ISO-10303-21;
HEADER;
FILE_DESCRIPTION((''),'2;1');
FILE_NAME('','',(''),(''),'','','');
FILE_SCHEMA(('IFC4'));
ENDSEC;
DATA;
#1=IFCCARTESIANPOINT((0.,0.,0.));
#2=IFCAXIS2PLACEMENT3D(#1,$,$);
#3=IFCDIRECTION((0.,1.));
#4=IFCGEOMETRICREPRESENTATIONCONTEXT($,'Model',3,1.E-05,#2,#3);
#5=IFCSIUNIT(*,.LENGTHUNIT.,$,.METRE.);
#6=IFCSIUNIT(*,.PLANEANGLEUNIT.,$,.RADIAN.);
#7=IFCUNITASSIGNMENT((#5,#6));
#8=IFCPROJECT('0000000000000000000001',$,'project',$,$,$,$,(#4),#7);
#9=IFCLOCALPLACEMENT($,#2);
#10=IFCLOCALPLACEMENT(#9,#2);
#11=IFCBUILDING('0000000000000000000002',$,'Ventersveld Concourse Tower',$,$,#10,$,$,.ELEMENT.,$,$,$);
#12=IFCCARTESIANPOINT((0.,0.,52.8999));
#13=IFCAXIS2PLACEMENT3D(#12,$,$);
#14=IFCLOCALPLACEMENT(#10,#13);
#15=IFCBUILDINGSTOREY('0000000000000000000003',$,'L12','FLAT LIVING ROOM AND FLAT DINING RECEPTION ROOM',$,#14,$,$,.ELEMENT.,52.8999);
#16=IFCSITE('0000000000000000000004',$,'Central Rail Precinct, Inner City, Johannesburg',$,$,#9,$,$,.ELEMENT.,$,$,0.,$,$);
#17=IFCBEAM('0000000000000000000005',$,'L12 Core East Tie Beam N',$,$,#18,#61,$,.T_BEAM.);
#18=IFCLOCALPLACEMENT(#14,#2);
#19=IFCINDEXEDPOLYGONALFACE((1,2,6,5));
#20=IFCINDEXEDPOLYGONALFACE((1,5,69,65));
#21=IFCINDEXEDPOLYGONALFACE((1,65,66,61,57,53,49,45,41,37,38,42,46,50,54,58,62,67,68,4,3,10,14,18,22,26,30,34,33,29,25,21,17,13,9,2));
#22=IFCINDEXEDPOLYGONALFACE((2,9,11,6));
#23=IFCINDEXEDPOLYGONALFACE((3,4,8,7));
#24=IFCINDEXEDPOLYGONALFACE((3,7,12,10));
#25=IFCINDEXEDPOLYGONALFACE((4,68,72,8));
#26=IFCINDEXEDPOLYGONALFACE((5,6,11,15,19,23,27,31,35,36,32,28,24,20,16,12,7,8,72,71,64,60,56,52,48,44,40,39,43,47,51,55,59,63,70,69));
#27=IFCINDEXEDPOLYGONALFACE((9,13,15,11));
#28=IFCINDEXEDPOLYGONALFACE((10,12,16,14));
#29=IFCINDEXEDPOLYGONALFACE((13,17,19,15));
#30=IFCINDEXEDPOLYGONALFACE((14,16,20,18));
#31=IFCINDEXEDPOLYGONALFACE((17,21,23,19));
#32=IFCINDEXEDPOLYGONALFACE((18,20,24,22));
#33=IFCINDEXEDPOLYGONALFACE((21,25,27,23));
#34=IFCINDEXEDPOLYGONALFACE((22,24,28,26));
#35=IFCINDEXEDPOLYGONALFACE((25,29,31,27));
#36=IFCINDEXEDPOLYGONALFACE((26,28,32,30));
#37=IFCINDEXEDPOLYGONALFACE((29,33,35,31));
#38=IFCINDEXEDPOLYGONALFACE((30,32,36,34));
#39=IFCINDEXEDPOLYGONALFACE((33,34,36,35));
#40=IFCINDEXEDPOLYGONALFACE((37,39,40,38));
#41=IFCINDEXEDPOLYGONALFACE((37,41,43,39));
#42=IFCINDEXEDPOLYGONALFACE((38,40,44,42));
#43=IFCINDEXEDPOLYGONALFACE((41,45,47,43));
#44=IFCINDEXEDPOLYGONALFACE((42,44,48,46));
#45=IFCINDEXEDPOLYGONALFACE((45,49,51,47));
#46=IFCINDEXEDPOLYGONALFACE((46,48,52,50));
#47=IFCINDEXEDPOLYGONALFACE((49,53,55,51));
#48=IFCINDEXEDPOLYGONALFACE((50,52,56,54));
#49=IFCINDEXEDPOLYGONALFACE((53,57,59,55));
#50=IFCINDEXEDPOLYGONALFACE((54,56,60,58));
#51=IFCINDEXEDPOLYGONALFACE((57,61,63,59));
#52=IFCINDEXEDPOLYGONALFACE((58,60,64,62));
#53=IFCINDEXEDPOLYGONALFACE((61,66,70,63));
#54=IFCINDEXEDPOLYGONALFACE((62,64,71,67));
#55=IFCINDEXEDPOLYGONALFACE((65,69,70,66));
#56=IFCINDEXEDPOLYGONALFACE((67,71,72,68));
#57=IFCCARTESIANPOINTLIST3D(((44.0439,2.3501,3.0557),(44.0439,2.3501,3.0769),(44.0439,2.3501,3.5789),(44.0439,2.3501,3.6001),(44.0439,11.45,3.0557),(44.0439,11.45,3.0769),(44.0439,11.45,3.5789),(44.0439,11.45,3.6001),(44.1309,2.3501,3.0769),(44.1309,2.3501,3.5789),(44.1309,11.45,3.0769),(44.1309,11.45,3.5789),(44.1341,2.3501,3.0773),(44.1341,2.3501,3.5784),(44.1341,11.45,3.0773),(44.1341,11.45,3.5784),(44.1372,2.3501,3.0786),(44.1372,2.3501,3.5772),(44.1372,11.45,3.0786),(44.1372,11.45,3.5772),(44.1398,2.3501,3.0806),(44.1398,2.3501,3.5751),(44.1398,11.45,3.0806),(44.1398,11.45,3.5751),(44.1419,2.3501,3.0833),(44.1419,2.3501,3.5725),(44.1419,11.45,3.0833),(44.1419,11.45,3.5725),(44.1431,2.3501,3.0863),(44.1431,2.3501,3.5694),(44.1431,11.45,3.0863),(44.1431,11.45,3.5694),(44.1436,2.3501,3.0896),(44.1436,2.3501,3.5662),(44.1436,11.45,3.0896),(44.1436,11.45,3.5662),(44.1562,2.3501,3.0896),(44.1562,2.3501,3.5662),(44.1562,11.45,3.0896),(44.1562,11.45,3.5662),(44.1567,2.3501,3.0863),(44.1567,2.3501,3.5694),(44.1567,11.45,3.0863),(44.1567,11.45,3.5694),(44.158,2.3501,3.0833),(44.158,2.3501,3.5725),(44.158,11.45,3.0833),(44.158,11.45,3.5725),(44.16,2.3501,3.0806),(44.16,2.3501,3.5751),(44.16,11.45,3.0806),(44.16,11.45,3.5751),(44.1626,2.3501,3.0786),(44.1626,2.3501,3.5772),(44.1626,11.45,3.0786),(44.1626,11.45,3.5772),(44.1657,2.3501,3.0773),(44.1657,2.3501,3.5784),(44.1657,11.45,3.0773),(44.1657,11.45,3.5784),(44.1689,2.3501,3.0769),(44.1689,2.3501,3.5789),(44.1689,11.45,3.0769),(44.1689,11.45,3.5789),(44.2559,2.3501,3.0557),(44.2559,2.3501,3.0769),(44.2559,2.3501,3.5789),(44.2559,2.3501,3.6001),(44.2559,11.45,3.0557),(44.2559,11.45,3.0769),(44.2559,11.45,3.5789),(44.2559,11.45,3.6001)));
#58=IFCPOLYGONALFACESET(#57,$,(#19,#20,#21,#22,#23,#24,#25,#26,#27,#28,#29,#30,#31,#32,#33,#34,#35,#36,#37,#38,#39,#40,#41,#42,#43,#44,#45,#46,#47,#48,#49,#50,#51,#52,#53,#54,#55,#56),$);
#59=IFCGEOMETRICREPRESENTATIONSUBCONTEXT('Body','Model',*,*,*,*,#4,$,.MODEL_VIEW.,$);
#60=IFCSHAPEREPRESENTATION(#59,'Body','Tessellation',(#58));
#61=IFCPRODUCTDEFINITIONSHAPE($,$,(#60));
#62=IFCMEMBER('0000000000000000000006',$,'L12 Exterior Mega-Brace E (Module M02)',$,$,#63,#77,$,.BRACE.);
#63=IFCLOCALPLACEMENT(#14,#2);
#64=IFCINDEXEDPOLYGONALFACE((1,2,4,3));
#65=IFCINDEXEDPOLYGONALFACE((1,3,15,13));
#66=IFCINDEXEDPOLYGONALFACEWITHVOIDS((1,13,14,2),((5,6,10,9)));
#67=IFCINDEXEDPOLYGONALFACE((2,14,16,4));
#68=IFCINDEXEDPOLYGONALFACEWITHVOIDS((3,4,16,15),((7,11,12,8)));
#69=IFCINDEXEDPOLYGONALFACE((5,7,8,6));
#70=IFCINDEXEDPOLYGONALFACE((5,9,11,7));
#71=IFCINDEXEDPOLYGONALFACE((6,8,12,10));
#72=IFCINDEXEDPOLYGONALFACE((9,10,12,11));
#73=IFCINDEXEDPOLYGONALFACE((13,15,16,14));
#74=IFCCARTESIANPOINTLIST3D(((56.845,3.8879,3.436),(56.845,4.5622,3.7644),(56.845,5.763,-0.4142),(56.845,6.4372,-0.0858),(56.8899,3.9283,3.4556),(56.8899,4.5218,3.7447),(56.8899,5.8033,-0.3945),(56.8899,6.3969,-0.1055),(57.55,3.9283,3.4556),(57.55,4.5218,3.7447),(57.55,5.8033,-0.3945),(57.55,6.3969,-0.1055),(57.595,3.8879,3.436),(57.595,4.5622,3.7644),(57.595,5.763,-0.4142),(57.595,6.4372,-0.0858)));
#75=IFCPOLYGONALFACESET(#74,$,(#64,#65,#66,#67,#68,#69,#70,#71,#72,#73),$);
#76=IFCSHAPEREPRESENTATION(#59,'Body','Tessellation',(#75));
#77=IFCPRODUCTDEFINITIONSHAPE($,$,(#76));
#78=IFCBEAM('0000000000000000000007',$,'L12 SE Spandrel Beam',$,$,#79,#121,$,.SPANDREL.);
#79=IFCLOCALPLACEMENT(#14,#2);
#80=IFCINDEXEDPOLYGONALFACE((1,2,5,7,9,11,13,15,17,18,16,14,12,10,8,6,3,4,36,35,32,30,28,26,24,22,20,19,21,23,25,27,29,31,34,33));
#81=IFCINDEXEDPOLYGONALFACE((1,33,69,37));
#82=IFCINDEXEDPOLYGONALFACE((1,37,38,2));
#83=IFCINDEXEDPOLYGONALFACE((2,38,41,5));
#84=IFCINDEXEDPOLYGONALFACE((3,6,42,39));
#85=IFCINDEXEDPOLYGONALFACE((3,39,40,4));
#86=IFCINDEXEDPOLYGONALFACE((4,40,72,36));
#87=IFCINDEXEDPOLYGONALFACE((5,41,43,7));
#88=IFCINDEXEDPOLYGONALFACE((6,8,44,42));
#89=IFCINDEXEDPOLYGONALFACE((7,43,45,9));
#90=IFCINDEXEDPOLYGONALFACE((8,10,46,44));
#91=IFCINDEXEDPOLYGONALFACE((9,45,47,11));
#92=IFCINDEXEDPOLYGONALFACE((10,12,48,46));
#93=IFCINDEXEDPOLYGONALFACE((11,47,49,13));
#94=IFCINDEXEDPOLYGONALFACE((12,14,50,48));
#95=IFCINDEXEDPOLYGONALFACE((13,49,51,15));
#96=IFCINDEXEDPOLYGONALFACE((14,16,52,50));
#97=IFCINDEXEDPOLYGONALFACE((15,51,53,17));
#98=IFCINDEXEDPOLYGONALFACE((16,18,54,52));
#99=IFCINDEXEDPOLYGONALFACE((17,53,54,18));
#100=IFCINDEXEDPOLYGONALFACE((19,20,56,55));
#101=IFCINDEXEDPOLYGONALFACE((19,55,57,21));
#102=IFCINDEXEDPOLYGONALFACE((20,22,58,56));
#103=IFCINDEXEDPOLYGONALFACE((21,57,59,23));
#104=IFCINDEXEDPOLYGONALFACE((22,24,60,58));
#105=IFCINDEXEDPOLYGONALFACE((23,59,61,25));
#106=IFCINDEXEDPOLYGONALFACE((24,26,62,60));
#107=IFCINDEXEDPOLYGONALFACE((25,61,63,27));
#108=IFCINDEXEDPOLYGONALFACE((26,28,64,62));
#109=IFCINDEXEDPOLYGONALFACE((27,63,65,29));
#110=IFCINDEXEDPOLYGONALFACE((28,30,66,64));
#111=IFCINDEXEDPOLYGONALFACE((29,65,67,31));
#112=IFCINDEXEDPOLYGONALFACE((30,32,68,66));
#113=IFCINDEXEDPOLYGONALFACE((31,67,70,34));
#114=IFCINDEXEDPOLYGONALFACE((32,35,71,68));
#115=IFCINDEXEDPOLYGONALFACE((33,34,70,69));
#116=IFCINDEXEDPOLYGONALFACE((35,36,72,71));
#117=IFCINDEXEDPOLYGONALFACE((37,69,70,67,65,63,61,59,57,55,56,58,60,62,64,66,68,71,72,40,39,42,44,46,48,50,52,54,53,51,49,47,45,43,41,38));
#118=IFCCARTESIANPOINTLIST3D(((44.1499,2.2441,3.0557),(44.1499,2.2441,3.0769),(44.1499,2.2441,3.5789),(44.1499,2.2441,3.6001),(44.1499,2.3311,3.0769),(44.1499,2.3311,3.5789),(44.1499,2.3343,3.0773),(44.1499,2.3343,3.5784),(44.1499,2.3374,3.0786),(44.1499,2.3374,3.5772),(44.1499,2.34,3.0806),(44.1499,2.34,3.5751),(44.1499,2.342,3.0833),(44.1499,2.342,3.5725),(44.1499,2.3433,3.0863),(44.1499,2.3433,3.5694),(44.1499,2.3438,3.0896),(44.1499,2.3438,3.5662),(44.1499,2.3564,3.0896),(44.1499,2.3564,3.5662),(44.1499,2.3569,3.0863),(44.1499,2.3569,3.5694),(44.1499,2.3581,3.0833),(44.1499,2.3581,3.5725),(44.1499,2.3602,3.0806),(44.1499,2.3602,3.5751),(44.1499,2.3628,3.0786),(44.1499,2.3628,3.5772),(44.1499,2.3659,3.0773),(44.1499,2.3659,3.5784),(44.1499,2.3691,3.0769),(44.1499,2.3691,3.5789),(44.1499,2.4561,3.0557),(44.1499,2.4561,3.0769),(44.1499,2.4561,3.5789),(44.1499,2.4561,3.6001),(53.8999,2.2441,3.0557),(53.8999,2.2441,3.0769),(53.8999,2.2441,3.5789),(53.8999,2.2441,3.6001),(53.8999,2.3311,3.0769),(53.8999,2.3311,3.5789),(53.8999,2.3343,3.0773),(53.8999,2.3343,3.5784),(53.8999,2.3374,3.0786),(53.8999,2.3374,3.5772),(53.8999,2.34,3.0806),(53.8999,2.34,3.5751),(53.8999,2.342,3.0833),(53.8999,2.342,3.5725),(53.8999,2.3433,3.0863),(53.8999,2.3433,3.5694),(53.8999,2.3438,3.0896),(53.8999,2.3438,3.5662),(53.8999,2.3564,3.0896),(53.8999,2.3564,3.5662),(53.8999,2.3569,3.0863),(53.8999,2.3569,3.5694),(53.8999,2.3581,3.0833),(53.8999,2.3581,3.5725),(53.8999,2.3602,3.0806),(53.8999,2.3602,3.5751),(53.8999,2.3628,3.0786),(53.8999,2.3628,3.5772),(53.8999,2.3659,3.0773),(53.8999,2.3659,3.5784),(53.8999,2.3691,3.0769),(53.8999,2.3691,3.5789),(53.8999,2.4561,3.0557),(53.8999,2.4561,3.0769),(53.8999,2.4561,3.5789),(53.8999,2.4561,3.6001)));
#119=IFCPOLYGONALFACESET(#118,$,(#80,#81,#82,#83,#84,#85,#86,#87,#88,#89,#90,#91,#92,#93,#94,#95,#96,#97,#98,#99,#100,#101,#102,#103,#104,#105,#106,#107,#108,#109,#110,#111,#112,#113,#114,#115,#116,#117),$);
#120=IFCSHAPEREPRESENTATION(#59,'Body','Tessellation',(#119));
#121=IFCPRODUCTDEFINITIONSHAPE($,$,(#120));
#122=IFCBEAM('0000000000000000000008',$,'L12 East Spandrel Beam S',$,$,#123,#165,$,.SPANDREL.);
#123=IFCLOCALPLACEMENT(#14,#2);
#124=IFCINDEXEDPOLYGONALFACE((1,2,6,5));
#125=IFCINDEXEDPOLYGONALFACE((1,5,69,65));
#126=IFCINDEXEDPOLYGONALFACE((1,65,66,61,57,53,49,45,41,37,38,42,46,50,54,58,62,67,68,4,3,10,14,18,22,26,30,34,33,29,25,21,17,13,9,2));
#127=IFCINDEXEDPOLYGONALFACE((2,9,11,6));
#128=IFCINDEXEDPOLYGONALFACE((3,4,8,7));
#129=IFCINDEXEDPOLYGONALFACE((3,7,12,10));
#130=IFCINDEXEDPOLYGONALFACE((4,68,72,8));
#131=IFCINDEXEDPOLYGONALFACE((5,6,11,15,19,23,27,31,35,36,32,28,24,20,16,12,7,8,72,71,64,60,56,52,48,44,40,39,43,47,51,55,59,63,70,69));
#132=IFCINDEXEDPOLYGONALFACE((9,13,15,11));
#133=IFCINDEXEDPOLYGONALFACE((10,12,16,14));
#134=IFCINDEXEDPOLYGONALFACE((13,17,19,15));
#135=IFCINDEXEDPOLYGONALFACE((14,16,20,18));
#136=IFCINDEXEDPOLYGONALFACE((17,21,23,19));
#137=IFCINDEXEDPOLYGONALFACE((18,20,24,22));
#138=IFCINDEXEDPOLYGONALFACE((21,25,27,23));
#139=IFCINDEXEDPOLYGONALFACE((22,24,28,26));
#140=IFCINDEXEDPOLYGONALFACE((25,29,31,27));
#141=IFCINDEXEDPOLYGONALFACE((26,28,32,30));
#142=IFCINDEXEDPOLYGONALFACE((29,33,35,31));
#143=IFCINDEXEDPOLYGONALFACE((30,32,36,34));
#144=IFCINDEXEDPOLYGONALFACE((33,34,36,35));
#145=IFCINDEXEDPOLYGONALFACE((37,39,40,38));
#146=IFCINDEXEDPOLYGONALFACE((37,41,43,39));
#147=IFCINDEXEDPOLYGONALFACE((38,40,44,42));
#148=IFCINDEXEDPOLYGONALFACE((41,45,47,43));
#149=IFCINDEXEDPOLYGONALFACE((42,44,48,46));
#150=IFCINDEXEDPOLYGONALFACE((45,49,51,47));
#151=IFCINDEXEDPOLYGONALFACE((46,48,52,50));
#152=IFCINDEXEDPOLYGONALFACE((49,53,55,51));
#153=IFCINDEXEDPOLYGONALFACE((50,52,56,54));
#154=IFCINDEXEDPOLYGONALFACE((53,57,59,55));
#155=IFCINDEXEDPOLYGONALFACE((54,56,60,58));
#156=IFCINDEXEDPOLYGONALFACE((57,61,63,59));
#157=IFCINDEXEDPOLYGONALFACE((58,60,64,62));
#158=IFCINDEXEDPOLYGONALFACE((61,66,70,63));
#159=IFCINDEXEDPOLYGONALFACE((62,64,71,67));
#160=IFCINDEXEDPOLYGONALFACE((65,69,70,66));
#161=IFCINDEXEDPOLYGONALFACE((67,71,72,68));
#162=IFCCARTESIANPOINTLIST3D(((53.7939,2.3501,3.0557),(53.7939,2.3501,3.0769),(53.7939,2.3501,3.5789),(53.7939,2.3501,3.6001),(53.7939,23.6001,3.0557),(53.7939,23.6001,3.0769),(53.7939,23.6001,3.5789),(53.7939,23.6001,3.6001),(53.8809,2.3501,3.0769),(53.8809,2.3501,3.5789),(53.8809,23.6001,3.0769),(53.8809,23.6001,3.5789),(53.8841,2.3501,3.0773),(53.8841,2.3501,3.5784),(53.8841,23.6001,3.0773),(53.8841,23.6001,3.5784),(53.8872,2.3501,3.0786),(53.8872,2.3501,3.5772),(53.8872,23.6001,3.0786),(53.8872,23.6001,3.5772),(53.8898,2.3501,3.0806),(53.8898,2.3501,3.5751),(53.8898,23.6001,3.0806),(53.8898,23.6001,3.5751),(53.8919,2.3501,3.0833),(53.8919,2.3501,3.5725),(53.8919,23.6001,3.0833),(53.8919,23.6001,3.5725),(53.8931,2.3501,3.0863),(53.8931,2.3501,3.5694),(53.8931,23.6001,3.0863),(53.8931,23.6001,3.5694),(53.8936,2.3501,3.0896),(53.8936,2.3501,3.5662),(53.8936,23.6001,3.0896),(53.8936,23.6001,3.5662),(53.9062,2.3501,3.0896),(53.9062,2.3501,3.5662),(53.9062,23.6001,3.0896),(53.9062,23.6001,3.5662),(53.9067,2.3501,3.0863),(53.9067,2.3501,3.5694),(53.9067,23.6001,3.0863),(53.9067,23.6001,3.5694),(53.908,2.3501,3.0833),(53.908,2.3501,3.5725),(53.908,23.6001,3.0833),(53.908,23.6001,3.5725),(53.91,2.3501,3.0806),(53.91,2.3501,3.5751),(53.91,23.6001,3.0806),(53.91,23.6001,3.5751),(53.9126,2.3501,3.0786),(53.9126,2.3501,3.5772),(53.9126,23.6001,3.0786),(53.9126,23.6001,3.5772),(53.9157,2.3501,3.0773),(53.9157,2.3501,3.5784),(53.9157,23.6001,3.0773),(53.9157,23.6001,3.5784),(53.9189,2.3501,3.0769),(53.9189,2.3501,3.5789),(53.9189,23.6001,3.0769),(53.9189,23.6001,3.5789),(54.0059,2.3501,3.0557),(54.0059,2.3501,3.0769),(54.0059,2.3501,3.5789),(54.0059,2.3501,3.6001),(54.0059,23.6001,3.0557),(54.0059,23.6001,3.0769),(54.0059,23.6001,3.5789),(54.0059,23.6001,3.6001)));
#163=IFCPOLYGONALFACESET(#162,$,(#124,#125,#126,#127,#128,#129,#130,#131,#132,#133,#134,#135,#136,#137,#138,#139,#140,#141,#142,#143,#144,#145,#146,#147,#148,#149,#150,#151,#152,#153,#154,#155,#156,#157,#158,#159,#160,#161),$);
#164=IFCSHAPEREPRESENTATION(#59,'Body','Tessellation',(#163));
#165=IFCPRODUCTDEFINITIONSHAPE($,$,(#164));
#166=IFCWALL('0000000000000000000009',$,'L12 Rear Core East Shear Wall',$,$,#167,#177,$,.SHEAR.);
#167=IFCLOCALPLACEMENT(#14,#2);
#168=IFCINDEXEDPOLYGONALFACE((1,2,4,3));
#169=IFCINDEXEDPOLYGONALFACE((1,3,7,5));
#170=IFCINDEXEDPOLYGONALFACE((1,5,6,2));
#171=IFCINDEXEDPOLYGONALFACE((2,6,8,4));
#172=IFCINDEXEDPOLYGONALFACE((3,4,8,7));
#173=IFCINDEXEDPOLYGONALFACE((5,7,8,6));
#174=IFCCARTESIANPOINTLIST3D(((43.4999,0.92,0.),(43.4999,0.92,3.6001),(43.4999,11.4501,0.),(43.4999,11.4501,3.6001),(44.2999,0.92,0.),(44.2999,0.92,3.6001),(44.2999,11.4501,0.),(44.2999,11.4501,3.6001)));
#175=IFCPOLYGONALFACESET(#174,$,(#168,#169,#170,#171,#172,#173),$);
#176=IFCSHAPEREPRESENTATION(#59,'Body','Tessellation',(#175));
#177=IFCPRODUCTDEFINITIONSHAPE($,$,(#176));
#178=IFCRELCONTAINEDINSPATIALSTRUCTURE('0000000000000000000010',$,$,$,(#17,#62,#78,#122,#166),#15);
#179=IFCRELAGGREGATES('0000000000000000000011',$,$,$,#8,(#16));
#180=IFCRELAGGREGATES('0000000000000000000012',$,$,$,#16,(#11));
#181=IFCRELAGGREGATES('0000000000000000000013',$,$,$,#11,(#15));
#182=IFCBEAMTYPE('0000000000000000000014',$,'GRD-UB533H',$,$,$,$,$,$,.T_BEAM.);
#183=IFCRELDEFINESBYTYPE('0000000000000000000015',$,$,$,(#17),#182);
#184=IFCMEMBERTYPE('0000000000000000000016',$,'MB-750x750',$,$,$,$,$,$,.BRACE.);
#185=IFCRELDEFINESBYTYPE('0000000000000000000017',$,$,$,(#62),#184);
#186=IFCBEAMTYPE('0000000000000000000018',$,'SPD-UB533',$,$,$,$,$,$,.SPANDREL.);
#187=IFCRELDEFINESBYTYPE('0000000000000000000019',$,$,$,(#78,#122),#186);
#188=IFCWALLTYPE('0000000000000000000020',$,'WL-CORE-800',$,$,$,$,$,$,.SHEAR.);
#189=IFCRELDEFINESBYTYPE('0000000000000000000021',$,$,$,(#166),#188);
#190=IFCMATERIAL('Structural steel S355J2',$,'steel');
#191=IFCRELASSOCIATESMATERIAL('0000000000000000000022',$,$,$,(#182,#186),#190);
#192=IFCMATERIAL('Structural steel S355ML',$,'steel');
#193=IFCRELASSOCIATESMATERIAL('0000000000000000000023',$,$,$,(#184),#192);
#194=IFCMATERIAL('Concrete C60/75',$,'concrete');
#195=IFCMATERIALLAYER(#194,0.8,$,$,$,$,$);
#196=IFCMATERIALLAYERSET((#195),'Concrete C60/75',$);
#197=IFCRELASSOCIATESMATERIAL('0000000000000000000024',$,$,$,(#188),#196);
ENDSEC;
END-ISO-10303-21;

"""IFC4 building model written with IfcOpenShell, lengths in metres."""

from ifc_helpers import new_model, si_unit, direction, frame, frame_2d, origin, origin_2d, place, context, subcontext, project, spatial, rectangle, hollow_rectangle, i_section, extrude, material, layer, layer_set, material_profile, profile_set, type_object, element, save


model = new_model("IFC4")

# Units and contexts
model_context = context("Model", 3, precision=1e-05, world=origin(), true_north=direction((0.0, 1.0)))
body_context = subcontext(model_context, "Body", "Model", "MODEL_VIEW")
ifc_project = project(units=[si_unit("LENGTHUNIT", "METRE"), si_unit("PLANEANGLEUNIT", "RADIAN")], contexts=[model_context])

# Site, building, storey
site_placement = place(None, origin())
site = spatial("IfcSite", under=ifc_project, at=site_placement, Name="Central Rail Precinct, Inner City, Johannesburg", CompositionType="ELEMENT", RefElevation=0.0)
building_placement = place(site_placement, origin())
building = spatial("IfcBuilding", under=site, at=building_placement, Name="Ventersveld Concourse Tower", CompositionType="ELEMENT")
storey_placement = place(building_placement, frame((0.0, 0.0, 52.8999)))
storey = spatial("IfcBuildingStorey", under=building, at=storey_placement, Name="L12", Description="FLAT LIVING ROOM AND FLAT DINING RECEPTION ROOM", CompositionType="ELEMENT", Elevation=52.8999)

# Beam
ifc_material_1 = material(Name="Structural steel S355J2", Category="steel")
ifc_material_profile_1 = material_profile(ifc_material_1, i_section(OverallWidth=0.2119, OverallDepth=0.5444, WebThickness=0.0127, FlangeThickness=0.0212, FilletRadius=0.0127, at=origin_2d()), Name="UB 533x210x122")
ifc_profile_set_1 = profile_set([ifc_material_profile_1], Name="Structural steel S355J2")
beam_type_1 = type_object("IfcBeamType", Name="GRD-UB533H", PredefinedType="T_BEAM", material=ifc_profile_set_1)
beam_1_placement = place(storey_placement, frame((44.1499, 2.3501, 3.3279), z_axis=(0.0, 1.0, 0.0), x_axis=(-1.0, 0.0, 0.0)))
element("IfcBeam", 1, at=beam_1_placement, inside=storey, type_object=beam_type_1, Name="L12 Core East Tie Beam N", PredefinedType="T_BEAM", context=body_context, shape_type="SweptSolid", body=[
    extrude(i_section(OverallWidth=0.2119, OverallDepth=0.5444, WebThickness=0.0127, FlangeThickness=0.0212, FilletRadius=0.0127, at=origin_2d()), origin(), (0.0, 0.0, 1.0), 9.0999),
])

# Member
ifc_material_2 = material(Name="Structural steel S355ML", Category="steel")
ifc_material_profile_2 = material_profile(ifc_material_2, hollow_rectangle(XDim=0.75, YDim=0.75, WallThickness=0.0449, at=origin_2d()), Name="BOX 750x750x45")
ifc_profile_set_2 = profile_set([ifc_material_profile_2], Name="Structural steel S355ML")
member_type = type_object("IfcMemberType", Name="MB-750x750", PredefinedType="BRACE", material=ifc_profile_set_2)
member_placement = place(storey_placement, frame((57.22, 6.1001, -0.25), z_axis=(0.0, -0.437839, 0.899053), x_axis=(1.0, 0.0, 0.0)))
element("IfcMember", 2, at=member_placement, inside=storey, type_object=member_type, Name="L12 Exterior Mega-Brace E (Module M02)", PredefinedType="BRACE", context=body_context, shape_type="SweptSolid", body=[
    extrude(hollow_rectangle(XDim=0.75, YDim=0.75, WallThickness=0.0449, at=origin_2d()), origin(), (0.0, 0.0, 1.0), 4.2825),
])

# Beams
ifc_material_profile_3 = material_profile(ifc_material_1, i_section(OverallWidth=0.2119, OverallDepth=0.5444, WebThickness=0.0127, FlangeThickness=0.0212, FilletRadius=0.0127, at=origin_2d()), Name="UB 533x210x122")
ifc_profile_set_3 = profile_set([ifc_material_profile_3], Name="Structural steel S355J2")
beam_type_2 = type_object("IfcBeamType", Name="SPD-UB533", PredefinedType="SPANDREL", material=ifc_profile_set_3)
beam_2_placement = place(storey_placement, frame((44.1499, 2.3501, 3.3279), z_axis=(1.0, 0.0, 0.0), x_axis=(0.0, 1.0, 0.0)))
element("IfcBeam", 3, at=beam_2_placement, inside=storey, type_object=beam_type_2, Name="L12 SE Spandrel Beam", PredefinedType="SPANDREL", context=body_context, shape_type="SweptSolid", body=[
    extrude(i_section(OverallWidth=0.2119, OverallDepth=0.5444, WebThickness=0.0127, FlangeThickness=0.0212, FilletRadius=0.0127, at=origin_2d()), origin(), (0.0, 0.0, 1.0), 9.75),
])
beam_3_placement = place(storey_placement, frame((53.8999, 2.3501, 3.3279), z_axis=(0.0, 1.0, 0.0), x_axis=(-1.0, 0.0, 0.0)))
element("IfcBeam", 4, at=beam_3_placement, inside=storey, type_object=beam_type_2, Name="L12 East Spandrel Beam S", PredefinedType="SPANDREL", context=body_context, shape_type="SweptSolid", body=[
    extrude(i_section(OverallWidth=0.2119, OverallDepth=0.5444, WebThickness=0.0127, FlangeThickness=0.0212, FilletRadius=0.0127, at=origin_2d()), origin(), (0.0, 0.0, 1.0), 21.25),
])

# Wall
ifc_material_3 = material(Name="Concrete C60/75", Category="concrete")
ifc_layer_1 = layer(ifc_material_3, 0.8)
ifc_layer_set_1 = layer_set([ifc_layer_1], Name="Concrete C60/75")
wall_type_1 = type_object("IfcWallType", Name="WL-CORE-800", PredefinedType="SHEAR", material=ifc_layer_set_1)
wall_1_placement = place(storey_placement, frame((43.8999, 0.9199, 0.0), z_axis=(0.0, 0.0, 1.0), x_axis=(0.0, 1.0, 0.0)))
element("IfcWall", 5, at=wall_1_placement, inside=storey, type_object=wall_type_1, Name="L12 Rear Core East Shear Wall", PredefinedType="SHEAR", context=body_context, shape_type="SweptSolid", body=[
    extrude(rectangle(XDim=10.53, YDim=0.8, at=frame_2d((5.2651, 0.0))), origin(), (0.0, 0.0, 1.0), 3.6001),
])

save(model, "model.ifc")
